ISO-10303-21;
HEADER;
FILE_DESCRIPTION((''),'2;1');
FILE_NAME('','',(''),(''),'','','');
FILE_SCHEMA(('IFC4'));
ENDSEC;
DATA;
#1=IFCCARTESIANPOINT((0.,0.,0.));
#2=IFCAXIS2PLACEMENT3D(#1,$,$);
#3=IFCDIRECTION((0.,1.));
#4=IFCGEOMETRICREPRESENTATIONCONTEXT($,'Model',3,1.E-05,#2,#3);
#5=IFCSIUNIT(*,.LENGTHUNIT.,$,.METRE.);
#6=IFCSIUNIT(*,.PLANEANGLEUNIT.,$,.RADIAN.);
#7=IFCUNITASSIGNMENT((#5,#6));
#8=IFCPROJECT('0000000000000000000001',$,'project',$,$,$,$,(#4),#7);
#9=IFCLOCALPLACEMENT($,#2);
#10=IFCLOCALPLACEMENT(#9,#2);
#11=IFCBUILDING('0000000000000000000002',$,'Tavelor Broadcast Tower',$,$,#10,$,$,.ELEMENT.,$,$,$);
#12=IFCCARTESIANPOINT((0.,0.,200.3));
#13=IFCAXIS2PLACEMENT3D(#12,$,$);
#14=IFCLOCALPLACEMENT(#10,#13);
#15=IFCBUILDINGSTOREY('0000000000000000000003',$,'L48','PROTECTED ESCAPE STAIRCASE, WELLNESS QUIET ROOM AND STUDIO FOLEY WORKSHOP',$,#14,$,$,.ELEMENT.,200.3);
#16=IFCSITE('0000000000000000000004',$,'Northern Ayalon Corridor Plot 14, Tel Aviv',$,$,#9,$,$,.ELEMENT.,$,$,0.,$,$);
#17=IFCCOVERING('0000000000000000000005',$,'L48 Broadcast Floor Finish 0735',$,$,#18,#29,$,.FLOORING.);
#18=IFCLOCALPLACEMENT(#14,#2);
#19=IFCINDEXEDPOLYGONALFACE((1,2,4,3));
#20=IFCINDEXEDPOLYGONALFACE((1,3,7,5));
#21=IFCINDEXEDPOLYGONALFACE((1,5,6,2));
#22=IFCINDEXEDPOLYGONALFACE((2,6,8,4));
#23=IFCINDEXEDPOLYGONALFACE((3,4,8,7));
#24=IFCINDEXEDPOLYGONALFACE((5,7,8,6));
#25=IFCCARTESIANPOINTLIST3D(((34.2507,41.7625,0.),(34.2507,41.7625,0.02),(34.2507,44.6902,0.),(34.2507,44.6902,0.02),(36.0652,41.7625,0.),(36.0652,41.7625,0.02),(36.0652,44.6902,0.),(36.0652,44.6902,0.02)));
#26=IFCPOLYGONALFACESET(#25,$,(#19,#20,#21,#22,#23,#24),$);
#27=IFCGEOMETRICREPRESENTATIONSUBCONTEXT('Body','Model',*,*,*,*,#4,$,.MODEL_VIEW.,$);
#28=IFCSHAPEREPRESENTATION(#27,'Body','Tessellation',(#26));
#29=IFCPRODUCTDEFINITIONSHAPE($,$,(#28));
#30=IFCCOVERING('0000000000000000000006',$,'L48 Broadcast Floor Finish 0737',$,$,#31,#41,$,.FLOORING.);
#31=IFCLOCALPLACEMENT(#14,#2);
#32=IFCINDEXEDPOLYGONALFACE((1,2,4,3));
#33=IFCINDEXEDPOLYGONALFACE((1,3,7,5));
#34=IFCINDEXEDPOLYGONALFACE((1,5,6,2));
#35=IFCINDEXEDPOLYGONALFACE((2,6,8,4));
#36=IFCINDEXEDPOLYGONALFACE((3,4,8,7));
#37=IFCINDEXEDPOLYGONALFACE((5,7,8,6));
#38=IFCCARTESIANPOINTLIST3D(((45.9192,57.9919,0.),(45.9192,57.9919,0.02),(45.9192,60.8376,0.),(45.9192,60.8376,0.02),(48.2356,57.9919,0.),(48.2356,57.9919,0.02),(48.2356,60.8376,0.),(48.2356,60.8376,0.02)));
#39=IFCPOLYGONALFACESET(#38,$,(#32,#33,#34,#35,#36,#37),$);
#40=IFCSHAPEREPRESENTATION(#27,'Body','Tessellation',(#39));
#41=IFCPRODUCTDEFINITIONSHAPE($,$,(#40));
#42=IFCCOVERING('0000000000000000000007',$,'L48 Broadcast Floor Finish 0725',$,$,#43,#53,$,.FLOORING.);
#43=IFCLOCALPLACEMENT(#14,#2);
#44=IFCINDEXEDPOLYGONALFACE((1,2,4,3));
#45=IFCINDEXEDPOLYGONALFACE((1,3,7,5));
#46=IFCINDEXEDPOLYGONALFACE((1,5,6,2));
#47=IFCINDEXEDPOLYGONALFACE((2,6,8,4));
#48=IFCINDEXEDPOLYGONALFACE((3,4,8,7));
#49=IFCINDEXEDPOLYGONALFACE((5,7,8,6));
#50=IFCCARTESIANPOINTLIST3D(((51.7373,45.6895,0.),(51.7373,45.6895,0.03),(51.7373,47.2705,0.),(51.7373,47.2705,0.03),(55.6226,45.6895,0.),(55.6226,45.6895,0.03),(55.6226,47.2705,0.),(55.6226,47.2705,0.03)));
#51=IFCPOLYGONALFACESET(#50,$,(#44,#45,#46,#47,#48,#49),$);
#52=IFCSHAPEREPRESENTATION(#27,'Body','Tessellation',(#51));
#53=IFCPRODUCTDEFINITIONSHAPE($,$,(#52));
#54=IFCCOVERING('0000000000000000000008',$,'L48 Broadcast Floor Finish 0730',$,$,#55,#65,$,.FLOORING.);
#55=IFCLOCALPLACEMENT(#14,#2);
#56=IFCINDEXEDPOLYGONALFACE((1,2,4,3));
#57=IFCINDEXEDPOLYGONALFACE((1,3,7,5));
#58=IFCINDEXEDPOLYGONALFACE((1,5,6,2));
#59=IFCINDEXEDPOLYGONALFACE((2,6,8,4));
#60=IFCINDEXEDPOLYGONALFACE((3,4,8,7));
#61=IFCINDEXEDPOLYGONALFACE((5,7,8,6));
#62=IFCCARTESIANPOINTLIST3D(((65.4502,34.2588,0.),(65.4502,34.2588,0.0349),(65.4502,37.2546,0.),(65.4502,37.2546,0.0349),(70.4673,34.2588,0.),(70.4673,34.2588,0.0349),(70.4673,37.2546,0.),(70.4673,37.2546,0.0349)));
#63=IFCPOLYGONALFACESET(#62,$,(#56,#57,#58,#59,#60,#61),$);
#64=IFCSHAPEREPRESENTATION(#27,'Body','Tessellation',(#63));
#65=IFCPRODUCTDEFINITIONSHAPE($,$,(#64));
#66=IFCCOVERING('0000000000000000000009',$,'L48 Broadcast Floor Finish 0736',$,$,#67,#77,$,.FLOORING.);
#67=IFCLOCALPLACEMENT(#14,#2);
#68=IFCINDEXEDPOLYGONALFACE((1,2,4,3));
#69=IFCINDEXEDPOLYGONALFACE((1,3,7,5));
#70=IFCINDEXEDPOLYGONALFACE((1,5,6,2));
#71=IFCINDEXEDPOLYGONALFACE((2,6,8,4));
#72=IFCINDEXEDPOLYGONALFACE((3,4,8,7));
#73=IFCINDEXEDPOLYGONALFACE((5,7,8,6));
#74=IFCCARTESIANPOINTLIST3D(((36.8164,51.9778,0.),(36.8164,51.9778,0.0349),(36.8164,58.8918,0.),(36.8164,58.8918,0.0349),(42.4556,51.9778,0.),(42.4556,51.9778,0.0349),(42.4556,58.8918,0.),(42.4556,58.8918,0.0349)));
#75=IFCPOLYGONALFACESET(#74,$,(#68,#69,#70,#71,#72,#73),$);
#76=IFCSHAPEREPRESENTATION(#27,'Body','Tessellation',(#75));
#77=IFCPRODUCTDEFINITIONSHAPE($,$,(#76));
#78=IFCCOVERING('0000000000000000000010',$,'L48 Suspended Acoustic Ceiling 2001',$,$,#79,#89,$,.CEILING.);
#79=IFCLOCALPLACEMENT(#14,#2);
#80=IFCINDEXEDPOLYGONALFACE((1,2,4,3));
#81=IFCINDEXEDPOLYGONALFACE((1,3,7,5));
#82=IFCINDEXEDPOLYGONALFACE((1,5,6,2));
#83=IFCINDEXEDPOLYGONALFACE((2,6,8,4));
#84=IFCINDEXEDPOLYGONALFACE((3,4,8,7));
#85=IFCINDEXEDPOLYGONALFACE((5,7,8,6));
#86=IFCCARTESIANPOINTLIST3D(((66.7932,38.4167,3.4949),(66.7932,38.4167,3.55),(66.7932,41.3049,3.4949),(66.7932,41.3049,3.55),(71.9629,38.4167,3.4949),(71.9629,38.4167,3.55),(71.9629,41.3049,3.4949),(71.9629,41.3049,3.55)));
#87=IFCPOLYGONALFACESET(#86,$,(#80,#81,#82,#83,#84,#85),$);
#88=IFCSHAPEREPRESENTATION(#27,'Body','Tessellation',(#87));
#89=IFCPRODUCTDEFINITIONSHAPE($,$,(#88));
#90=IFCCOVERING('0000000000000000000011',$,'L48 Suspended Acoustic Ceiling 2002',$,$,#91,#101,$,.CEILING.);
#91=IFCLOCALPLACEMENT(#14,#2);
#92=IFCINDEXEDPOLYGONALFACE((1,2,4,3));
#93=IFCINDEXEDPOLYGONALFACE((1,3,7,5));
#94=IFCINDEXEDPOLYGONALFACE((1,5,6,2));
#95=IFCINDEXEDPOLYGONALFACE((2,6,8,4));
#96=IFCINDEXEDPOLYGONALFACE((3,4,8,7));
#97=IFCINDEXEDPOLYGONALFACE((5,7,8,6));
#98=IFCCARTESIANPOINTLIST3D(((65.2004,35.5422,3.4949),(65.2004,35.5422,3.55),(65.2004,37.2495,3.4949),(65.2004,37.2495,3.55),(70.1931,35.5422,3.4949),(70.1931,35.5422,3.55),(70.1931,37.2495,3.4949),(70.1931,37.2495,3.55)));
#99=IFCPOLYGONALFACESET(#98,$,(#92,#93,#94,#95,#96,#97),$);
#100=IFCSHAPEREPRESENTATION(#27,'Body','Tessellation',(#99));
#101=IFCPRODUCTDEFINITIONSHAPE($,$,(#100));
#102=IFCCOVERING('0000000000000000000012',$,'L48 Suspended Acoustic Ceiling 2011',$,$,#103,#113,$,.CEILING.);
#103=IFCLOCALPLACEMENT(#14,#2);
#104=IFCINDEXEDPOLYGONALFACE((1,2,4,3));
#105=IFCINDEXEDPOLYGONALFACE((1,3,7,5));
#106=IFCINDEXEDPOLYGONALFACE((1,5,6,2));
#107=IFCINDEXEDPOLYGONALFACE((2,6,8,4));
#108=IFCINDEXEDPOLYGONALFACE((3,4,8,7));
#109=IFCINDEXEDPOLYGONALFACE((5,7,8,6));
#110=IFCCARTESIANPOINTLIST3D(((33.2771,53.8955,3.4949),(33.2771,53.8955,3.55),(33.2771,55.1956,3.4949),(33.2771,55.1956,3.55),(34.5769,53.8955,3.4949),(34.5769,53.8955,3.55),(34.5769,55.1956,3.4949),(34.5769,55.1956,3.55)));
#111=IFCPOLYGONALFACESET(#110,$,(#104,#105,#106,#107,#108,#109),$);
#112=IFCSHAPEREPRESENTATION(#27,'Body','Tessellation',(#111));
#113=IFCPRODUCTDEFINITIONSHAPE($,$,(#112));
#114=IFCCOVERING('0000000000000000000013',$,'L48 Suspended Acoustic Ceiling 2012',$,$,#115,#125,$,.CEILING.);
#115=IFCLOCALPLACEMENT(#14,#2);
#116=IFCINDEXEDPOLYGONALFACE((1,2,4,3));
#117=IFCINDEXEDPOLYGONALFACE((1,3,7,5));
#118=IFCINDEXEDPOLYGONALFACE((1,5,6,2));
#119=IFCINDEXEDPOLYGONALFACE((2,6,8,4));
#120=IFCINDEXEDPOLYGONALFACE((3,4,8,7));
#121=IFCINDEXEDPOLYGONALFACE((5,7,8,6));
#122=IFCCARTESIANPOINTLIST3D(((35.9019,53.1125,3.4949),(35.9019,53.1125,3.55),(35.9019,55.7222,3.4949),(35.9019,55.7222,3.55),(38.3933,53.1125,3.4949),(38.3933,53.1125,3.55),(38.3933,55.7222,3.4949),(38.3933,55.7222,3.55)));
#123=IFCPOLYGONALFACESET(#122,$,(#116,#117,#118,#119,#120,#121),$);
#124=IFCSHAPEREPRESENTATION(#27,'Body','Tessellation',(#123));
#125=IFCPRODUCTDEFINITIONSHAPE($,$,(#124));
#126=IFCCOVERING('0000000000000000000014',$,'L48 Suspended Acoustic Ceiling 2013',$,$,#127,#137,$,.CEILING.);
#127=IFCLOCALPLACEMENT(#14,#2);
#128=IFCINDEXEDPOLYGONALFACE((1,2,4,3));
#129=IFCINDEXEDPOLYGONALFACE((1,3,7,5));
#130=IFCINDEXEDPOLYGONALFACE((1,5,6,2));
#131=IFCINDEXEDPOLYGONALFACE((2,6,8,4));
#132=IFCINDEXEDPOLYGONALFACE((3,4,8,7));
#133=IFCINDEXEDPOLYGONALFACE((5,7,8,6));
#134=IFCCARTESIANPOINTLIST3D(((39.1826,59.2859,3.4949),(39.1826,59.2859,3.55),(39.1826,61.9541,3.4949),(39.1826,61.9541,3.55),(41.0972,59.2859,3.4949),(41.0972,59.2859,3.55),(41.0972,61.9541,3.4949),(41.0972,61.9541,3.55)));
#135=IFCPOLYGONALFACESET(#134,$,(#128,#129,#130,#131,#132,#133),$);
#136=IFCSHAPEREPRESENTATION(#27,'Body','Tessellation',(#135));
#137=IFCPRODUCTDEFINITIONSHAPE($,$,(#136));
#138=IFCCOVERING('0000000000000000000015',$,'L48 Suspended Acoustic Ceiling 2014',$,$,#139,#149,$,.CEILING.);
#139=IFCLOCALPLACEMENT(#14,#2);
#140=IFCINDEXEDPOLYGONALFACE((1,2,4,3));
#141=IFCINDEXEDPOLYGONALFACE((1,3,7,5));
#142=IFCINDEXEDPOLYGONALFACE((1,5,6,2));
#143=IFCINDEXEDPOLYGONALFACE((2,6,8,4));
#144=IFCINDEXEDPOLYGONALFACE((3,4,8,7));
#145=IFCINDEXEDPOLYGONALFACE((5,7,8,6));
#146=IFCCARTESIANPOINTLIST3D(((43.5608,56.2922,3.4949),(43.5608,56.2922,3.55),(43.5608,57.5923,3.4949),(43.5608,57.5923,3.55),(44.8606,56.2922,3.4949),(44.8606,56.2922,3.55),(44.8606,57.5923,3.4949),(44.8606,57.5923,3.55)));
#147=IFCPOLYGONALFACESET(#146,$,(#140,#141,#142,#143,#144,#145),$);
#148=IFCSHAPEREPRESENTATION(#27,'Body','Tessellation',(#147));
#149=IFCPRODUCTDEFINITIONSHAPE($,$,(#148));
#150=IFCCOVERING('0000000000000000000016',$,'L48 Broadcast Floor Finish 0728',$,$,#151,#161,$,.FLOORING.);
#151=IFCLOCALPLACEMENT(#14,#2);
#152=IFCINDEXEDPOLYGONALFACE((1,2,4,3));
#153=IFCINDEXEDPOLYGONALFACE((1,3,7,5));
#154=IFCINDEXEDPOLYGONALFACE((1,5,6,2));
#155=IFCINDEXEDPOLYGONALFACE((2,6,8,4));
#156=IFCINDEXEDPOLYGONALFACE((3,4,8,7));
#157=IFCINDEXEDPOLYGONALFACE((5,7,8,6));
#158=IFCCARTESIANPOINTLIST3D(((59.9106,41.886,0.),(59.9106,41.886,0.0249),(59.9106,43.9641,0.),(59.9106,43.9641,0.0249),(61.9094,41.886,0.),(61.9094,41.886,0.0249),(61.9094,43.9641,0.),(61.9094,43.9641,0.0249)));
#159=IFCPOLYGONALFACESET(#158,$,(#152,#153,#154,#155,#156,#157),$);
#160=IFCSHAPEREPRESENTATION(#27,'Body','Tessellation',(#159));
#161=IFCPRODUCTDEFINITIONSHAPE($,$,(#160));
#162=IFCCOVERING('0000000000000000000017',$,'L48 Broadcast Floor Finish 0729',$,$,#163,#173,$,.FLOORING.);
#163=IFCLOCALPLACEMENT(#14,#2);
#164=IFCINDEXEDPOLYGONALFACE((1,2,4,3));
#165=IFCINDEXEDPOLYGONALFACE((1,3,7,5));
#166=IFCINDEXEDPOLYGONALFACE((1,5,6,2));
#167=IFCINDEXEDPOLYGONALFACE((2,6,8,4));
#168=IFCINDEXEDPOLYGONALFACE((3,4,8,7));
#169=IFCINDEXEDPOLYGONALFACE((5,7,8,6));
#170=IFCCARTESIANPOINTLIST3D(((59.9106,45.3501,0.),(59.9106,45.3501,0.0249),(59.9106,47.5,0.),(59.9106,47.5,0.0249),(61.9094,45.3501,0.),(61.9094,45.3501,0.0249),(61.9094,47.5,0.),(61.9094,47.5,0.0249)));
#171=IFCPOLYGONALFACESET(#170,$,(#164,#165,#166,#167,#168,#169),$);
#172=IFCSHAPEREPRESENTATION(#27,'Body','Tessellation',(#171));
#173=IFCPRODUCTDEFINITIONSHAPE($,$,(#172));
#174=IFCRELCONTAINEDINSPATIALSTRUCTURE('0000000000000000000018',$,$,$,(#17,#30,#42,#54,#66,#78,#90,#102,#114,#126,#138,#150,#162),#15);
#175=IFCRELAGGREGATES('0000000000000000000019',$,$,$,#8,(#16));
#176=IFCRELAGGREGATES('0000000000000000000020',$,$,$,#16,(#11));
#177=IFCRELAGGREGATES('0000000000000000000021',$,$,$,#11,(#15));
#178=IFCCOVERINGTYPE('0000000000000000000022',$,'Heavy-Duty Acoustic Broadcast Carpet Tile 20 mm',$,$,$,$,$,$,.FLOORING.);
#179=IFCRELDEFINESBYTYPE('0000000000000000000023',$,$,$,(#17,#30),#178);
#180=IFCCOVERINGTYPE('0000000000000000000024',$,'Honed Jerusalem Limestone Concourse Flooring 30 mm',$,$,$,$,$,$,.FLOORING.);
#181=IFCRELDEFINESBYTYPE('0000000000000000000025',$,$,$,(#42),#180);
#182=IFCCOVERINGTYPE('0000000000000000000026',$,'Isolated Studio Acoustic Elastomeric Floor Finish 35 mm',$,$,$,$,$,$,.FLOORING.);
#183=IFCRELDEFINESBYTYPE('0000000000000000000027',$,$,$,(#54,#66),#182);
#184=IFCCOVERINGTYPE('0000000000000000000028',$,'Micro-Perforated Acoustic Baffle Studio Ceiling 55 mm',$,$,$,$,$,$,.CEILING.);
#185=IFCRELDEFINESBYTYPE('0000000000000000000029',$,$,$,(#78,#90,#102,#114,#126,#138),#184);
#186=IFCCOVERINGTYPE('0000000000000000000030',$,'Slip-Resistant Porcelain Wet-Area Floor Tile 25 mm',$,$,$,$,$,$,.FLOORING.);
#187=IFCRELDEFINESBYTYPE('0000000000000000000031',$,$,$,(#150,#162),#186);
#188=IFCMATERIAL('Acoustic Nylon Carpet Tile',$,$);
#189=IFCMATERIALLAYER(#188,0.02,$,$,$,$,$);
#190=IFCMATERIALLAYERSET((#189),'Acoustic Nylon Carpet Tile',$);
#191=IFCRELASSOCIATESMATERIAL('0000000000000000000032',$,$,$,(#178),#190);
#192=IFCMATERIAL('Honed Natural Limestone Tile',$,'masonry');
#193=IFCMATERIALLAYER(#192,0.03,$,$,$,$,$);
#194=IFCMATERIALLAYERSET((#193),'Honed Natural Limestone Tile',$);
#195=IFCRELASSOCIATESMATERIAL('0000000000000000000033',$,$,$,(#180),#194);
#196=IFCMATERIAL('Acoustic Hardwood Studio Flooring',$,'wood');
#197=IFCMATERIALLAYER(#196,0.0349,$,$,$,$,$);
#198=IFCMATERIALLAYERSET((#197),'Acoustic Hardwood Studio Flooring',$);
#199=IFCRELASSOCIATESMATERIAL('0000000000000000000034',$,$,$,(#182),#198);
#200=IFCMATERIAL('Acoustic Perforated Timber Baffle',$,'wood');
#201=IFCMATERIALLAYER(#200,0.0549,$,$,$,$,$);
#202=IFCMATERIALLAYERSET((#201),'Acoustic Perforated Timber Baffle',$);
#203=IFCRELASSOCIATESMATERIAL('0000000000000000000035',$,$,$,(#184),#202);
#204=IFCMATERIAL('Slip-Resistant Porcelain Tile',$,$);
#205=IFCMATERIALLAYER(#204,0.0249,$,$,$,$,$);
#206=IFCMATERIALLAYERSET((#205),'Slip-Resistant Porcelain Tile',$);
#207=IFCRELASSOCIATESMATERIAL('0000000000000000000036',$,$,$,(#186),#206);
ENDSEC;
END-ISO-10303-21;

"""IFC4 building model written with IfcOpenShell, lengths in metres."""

from ifc_helpers import new_model, si_unit, direction, frame, origin, place, context, subcontext, project, spatial, polyline, outline, extrude, material, layer, layer_set, type_object, element, save


model = new_model("IFC4")

# Units and contexts
model_context = context("Model", 3, precision=1e-05, world=origin(), true_north=direction((0.0, 1.0)))
body_context = subcontext(model_context, "Body", "Model", "MODEL_VIEW")
ifc_project = project(units=[si_unit("LENGTHUNIT", "METRE"), si_unit("PLANEANGLEUNIT", "RADIAN")], contexts=[model_context])

# Site, building, storey
site_placement = place(None, origin())
site = spatial("IfcSite", under=ifc_project, at=site_placement, Name="Northern Ayalon Corridor Plot 14, Tel Aviv", CompositionType="ELEMENT", RefElevation=0.0)
building_placement = place(site_placement, origin())
building = spatial("IfcBuilding", under=site, at=building_placement, Name="Tavelor Broadcast Tower", CompositionType="ELEMENT")
storey_placement = place(building_placement, frame((0.0, 0.0, 200.3)))
storey = spatial("IfcBuildingStorey", under=building, at=storey_placement, Name="L48", Description="PROTECTED ESCAPE STAIRCASE, WELLNESS QUIET ROOM AND STUDIO FOLEY WORKSHOP", CompositionType="ELEMENT", Elevation=200.3)

# Coverings
ifc_material_1 = material(Name="Acoustic Nylon Carpet Tile")
ifc_layer_1 = layer(ifc_material_1, 0.02)
ifc_layer_set_1 = layer_set([ifc_layer_1], Name="Acoustic Nylon Carpet Tile")
covering_type_1 = type_object("IfcCoveringType", Name="Heavy-Duty Acoustic Broadcast Carpet Tile 20 mm", PredefinedType="FLOORING", material=ifc_layer_set_1)
covering_1_placement = place(storey_placement, origin())
element("IfcCovering", 1, at=covering_1_placement, inside=storey, type_object=covering_type_1, Name="L48 Broadcast Floor Finish 0735", PredefinedType="FLOORING", context=body_context, shape_type="SweptSolid", body=[
    extrude(outline(polyline([(34.2507, 41.7625), (36.0652, 41.7625), (36.0652, 44.6902), (34.2507, 44.6902), (34.2507, 41.7625)])), origin(), (0.0, 0.0, 1.0), 0.02),
])
covering_2_placement = place(storey_placement, origin())
element("IfcCovering", 2, at=covering_2_placement, inside=storey, type_object=covering_type_1, Name="L48 Broadcast Floor Finish 0737", PredefinedType="FLOORING", context=body_context, shape_type="SweptSolid", body=[
    extrude(outline(polyline([(45.9192, 57.9919), (48.2356, 57.9919), (48.2356, 60.8376), (45.9192, 60.8376), (45.9192, 57.9919)])), origin(), (0.0, 0.0, 1.0), 0.02),
])
ifc_material_2 = material(Name="Honed Natural Limestone Tile", Category="masonry")
ifc_layer_2 = layer(ifc_material_2, 0.03)
ifc_layer_set_2 = layer_set([ifc_layer_2], Name="Honed Natural Limestone Tile")
covering_type_2 = type_object("IfcCoveringType", Name="Honed Jerusalem Limestone Concourse Flooring 30 mm", PredefinedType="FLOORING", material=ifc_layer_set_2)
covering_3_placement = place(storey_placement, origin())
element("IfcCovering", 3, at=covering_3_placement, inside=storey, type_object=covering_type_2, Name="L48 Broadcast Floor Finish 0725", PredefinedType="FLOORING", context=body_context, shape_type="SweptSolid", body=[
    extrude(outline(polyline([(51.7373, 45.6895), (55.6226, 45.6895), (55.6226, 47.2705), (51.7373, 47.2705), (51.7373, 45.6895)])), origin(), (0.0, 0.0, 1.0), 0.03),
])
ifc_material_3 = material(Name="Acoustic Hardwood Studio Flooring", Category="wood")
ifc_layer_3 = layer(ifc_material_3, 0.0349)
ifc_layer_set_3 = layer_set([ifc_layer_3], Name="Acoustic Hardwood Studio Flooring")
covering_type_3 = type_object("IfcCoveringType", Name="Isolated Studio Acoustic Elastomeric Floor Finish 35 mm", PredefinedType="FLOORING", material=ifc_layer_set_3)
covering_4_placement = place(storey_placement, origin())
element("IfcCovering", 4, at=covering_4_placement, inside=storey, type_object=covering_type_3, Name="L48 Broadcast Floor Finish 0730", PredefinedType="FLOORING", context=body_context, shape_type="SweptSolid", body=[
    extrude(outline(polyline([(65.4502, 34.2588), (70.4673, 34.2588), (70.4673, 37.2546), (65.4502, 37.2546), (65.4502, 34.2588)])), origin(), (0.0, 0.0, 1.0), 0.0349),
])
covering_5_placement = place(storey_placement, origin())
element("IfcCovering", 5, at=covering_5_placement, inside=storey, type_object=covering_type_3, Name="L48 Broadcast Floor Finish 0736", PredefinedType="FLOORING", context=body_context, shape_type="SweptSolid", body=[
    extrude(outline(polyline([(36.8164, 51.9778), (42.4556, 51.9778), (42.4556, 58.8918), (36.8164, 58.8918), (36.8164, 51.9778)])), origin(), (0.0, 0.0, 1.0), 0.0349),
])
ifc_material_4 = material(Name="Acoustic Perforated Timber Baffle", Category="wood")
ifc_layer_4 = layer(ifc_material_4, 0.0549)
ifc_layer_set_4 = layer_set([ifc_layer_4], Name="Acoustic Perforated Timber Baffle")
covering_type_4 = type_object("IfcCoveringType", Name="Micro-Perforated Acoustic Baffle Studio Ceiling 55 mm", PredefinedType="CEILING", material=ifc_layer_set_4)
covering_6_placement = place(storey_placement, frame((0.0, 0.0, 3.4949)))
element("IfcCovering", 6, at=covering_6_placement, inside=storey, type_object=covering_type_4, Name="L48 Suspended Acoustic Ceiling 2001", PredefinedType="CEILING", context=body_context, shape_type="SweptSolid", body=[
    extrude(outline(polyline([(66.7932, 38.4167), (71.9629, 38.4167), (71.9629, 41.3049), (66.7932, 41.3049), (66.7932, 38.4167)])), origin(), (0.0, 0.0, 1.0), 0.0552),
])
covering_7_placement = place(storey_placement, frame((0.0, 0.0, 3.4949)))
element("IfcCovering", 7, at=covering_7_placement, inside=storey, type_object=covering_type_4, Name="L48 Suspended Acoustic Ceiling 2002", PredefinedType="CEILING", context=body_context, shape_type="SweptSolid", body=[
    extrude(outline(polyline([(65.2004, 35.5422), (70.1931, 35.5422), (70.1931, 37.2495), (65.2004, 37.2495), (65.2004, 35.5422)])), origin(), (0.0, 0.0, 1.0), 0.0552),
])
covering_8_placement = place(storey_placement, frame((0.0, 0.0, 3.4949)))
element("IfcCovering", 8, at=covering_8_placement, inside=storey, type_object=covering_type_4, Name="L48 Suspended Acoustic Ceiling 2011", PredefinedType="CEILING", context=body_context, shape_type="SweptSolid", body=[
    extrude(outline(polyline([(33.2771, 53.8955), (34.5769, 53.8955), (34.5769, 55.1956), (33.2771, 55.1956), (33.2771, 53.8955)])), origin(), (0.0, 0.0, 1.0), 0.0552),
])
covering_9_placement = place(storey_placement, frame((0.0, 0.0, 3.4949)))
element("IfcCovering", 9, at=covering_9_placement, inside=storey, type_object=covering_type_4, Name="L48 Suspended Acoustic Ceiling 2012", PredefinedType="CEILING", context=body_context, shape_type="SweptSolid", body=[
    extrude(outline(polyline([(35.9019, 53.1125), (38.3933, 53.1125), (38.3933, 55.7222), (35.9019, 55.7222), (35.9019, 53.1125)])), origin(), (0.0, 0.0, 1.0), 0.0552),
])
covering_10_placement = place(storey_placement, frame((0.0, 0.0, 3.4949)))
element("IfcCovering", 10, at=covering_10_placement, inside=storey, type_object=covering_type_4, Name="L48 Suspended Acoustic Ceiling 2013", PredefinedType="CEILING", context=body_context, shape_type="SweptSolid", body=[
    extrude(outline(polyline([(39.1826, 59.2859), (41.0972, 59.2859), (41.0972, 61.9541), (39.1826, 61.9541), (39.1826, 59.2859)])), origin(), (0.0, 0.0, 1.0), 0.0552),
])
covering_11_placement = place(storey_placement, frame((0.0, 0.0, 3.4949)))
element("IfcCovering", 11, at=covering_11_placement, inside=storey, type_object=covering_type_4, Name="L48 Suspended Acoustic Ceiling 2014", PredefinedType="CEILING", context=body_context, shape_type="SweptSolid", body=[
    extrude(outline(polyline([(43.5608, 56.2922), (44.8606, 56.2922), (44.8606, 57.5923), (43.5608, 57.5923), (43.5608, 56.2922)])), origin(), (0.0, 0.0, 1.0), 0.0552),
])
ifc_material_5 = material(Name="Slip-Resistant Porcelain Tile")
ifc_layer_5 = layer(ifc_material_5, 0.0249)
ifc_layer_set_5 = layer_set([ifc_layer_5], Name="Slip-Resistant Porcelain Tile")
covering_type_5 = type_object("IfcCoveringType", Name="Slip-Resistant Porcelain Wet-Area Floor Tile 25 mm", PredefinedType="FLOORING", material=ifc_layer_set_5)
covering_12_placement = place(storey_placement, origin())
element("IfcCovering", 12, at=covering_12_placement, inside=storey, type_object=covering_type_5, Name="L48 Broadcast Floor Finish 0728", PredefinedType="FLOORING", context=body_context, shape_type="SweptSolid", body=[
    extrude(outline(polyline([(59.9106, 41.886), (61.9094, 41.886), (61.9094, 43.9641), (59.9106, 43.9641), (59.9106, 41.886)])), origin(), (0.0, 0.0, 1.0), 0.0249),
])
covering_13_placement = place(storey_placement, origin())
element("IfcCovering", 13, at=covering_13_placement, inside=storey, type_object=covering_type_5, Name="L48 Broadcast Floor Finish 0729", PredefinedType="FLOORING", context=body_context, shape_type="SweptSolid", body=[
    extrude(outline(polyline([(59.9106, 45.3501), (61.9094, 45.3501), (61.9094, 47.5), (59.9106, 47.5), (59.9106, 45.3501)])), origin(), (0.0, 0.0, 1.0), 0.0249),
])

save(model, "model.ifc")
